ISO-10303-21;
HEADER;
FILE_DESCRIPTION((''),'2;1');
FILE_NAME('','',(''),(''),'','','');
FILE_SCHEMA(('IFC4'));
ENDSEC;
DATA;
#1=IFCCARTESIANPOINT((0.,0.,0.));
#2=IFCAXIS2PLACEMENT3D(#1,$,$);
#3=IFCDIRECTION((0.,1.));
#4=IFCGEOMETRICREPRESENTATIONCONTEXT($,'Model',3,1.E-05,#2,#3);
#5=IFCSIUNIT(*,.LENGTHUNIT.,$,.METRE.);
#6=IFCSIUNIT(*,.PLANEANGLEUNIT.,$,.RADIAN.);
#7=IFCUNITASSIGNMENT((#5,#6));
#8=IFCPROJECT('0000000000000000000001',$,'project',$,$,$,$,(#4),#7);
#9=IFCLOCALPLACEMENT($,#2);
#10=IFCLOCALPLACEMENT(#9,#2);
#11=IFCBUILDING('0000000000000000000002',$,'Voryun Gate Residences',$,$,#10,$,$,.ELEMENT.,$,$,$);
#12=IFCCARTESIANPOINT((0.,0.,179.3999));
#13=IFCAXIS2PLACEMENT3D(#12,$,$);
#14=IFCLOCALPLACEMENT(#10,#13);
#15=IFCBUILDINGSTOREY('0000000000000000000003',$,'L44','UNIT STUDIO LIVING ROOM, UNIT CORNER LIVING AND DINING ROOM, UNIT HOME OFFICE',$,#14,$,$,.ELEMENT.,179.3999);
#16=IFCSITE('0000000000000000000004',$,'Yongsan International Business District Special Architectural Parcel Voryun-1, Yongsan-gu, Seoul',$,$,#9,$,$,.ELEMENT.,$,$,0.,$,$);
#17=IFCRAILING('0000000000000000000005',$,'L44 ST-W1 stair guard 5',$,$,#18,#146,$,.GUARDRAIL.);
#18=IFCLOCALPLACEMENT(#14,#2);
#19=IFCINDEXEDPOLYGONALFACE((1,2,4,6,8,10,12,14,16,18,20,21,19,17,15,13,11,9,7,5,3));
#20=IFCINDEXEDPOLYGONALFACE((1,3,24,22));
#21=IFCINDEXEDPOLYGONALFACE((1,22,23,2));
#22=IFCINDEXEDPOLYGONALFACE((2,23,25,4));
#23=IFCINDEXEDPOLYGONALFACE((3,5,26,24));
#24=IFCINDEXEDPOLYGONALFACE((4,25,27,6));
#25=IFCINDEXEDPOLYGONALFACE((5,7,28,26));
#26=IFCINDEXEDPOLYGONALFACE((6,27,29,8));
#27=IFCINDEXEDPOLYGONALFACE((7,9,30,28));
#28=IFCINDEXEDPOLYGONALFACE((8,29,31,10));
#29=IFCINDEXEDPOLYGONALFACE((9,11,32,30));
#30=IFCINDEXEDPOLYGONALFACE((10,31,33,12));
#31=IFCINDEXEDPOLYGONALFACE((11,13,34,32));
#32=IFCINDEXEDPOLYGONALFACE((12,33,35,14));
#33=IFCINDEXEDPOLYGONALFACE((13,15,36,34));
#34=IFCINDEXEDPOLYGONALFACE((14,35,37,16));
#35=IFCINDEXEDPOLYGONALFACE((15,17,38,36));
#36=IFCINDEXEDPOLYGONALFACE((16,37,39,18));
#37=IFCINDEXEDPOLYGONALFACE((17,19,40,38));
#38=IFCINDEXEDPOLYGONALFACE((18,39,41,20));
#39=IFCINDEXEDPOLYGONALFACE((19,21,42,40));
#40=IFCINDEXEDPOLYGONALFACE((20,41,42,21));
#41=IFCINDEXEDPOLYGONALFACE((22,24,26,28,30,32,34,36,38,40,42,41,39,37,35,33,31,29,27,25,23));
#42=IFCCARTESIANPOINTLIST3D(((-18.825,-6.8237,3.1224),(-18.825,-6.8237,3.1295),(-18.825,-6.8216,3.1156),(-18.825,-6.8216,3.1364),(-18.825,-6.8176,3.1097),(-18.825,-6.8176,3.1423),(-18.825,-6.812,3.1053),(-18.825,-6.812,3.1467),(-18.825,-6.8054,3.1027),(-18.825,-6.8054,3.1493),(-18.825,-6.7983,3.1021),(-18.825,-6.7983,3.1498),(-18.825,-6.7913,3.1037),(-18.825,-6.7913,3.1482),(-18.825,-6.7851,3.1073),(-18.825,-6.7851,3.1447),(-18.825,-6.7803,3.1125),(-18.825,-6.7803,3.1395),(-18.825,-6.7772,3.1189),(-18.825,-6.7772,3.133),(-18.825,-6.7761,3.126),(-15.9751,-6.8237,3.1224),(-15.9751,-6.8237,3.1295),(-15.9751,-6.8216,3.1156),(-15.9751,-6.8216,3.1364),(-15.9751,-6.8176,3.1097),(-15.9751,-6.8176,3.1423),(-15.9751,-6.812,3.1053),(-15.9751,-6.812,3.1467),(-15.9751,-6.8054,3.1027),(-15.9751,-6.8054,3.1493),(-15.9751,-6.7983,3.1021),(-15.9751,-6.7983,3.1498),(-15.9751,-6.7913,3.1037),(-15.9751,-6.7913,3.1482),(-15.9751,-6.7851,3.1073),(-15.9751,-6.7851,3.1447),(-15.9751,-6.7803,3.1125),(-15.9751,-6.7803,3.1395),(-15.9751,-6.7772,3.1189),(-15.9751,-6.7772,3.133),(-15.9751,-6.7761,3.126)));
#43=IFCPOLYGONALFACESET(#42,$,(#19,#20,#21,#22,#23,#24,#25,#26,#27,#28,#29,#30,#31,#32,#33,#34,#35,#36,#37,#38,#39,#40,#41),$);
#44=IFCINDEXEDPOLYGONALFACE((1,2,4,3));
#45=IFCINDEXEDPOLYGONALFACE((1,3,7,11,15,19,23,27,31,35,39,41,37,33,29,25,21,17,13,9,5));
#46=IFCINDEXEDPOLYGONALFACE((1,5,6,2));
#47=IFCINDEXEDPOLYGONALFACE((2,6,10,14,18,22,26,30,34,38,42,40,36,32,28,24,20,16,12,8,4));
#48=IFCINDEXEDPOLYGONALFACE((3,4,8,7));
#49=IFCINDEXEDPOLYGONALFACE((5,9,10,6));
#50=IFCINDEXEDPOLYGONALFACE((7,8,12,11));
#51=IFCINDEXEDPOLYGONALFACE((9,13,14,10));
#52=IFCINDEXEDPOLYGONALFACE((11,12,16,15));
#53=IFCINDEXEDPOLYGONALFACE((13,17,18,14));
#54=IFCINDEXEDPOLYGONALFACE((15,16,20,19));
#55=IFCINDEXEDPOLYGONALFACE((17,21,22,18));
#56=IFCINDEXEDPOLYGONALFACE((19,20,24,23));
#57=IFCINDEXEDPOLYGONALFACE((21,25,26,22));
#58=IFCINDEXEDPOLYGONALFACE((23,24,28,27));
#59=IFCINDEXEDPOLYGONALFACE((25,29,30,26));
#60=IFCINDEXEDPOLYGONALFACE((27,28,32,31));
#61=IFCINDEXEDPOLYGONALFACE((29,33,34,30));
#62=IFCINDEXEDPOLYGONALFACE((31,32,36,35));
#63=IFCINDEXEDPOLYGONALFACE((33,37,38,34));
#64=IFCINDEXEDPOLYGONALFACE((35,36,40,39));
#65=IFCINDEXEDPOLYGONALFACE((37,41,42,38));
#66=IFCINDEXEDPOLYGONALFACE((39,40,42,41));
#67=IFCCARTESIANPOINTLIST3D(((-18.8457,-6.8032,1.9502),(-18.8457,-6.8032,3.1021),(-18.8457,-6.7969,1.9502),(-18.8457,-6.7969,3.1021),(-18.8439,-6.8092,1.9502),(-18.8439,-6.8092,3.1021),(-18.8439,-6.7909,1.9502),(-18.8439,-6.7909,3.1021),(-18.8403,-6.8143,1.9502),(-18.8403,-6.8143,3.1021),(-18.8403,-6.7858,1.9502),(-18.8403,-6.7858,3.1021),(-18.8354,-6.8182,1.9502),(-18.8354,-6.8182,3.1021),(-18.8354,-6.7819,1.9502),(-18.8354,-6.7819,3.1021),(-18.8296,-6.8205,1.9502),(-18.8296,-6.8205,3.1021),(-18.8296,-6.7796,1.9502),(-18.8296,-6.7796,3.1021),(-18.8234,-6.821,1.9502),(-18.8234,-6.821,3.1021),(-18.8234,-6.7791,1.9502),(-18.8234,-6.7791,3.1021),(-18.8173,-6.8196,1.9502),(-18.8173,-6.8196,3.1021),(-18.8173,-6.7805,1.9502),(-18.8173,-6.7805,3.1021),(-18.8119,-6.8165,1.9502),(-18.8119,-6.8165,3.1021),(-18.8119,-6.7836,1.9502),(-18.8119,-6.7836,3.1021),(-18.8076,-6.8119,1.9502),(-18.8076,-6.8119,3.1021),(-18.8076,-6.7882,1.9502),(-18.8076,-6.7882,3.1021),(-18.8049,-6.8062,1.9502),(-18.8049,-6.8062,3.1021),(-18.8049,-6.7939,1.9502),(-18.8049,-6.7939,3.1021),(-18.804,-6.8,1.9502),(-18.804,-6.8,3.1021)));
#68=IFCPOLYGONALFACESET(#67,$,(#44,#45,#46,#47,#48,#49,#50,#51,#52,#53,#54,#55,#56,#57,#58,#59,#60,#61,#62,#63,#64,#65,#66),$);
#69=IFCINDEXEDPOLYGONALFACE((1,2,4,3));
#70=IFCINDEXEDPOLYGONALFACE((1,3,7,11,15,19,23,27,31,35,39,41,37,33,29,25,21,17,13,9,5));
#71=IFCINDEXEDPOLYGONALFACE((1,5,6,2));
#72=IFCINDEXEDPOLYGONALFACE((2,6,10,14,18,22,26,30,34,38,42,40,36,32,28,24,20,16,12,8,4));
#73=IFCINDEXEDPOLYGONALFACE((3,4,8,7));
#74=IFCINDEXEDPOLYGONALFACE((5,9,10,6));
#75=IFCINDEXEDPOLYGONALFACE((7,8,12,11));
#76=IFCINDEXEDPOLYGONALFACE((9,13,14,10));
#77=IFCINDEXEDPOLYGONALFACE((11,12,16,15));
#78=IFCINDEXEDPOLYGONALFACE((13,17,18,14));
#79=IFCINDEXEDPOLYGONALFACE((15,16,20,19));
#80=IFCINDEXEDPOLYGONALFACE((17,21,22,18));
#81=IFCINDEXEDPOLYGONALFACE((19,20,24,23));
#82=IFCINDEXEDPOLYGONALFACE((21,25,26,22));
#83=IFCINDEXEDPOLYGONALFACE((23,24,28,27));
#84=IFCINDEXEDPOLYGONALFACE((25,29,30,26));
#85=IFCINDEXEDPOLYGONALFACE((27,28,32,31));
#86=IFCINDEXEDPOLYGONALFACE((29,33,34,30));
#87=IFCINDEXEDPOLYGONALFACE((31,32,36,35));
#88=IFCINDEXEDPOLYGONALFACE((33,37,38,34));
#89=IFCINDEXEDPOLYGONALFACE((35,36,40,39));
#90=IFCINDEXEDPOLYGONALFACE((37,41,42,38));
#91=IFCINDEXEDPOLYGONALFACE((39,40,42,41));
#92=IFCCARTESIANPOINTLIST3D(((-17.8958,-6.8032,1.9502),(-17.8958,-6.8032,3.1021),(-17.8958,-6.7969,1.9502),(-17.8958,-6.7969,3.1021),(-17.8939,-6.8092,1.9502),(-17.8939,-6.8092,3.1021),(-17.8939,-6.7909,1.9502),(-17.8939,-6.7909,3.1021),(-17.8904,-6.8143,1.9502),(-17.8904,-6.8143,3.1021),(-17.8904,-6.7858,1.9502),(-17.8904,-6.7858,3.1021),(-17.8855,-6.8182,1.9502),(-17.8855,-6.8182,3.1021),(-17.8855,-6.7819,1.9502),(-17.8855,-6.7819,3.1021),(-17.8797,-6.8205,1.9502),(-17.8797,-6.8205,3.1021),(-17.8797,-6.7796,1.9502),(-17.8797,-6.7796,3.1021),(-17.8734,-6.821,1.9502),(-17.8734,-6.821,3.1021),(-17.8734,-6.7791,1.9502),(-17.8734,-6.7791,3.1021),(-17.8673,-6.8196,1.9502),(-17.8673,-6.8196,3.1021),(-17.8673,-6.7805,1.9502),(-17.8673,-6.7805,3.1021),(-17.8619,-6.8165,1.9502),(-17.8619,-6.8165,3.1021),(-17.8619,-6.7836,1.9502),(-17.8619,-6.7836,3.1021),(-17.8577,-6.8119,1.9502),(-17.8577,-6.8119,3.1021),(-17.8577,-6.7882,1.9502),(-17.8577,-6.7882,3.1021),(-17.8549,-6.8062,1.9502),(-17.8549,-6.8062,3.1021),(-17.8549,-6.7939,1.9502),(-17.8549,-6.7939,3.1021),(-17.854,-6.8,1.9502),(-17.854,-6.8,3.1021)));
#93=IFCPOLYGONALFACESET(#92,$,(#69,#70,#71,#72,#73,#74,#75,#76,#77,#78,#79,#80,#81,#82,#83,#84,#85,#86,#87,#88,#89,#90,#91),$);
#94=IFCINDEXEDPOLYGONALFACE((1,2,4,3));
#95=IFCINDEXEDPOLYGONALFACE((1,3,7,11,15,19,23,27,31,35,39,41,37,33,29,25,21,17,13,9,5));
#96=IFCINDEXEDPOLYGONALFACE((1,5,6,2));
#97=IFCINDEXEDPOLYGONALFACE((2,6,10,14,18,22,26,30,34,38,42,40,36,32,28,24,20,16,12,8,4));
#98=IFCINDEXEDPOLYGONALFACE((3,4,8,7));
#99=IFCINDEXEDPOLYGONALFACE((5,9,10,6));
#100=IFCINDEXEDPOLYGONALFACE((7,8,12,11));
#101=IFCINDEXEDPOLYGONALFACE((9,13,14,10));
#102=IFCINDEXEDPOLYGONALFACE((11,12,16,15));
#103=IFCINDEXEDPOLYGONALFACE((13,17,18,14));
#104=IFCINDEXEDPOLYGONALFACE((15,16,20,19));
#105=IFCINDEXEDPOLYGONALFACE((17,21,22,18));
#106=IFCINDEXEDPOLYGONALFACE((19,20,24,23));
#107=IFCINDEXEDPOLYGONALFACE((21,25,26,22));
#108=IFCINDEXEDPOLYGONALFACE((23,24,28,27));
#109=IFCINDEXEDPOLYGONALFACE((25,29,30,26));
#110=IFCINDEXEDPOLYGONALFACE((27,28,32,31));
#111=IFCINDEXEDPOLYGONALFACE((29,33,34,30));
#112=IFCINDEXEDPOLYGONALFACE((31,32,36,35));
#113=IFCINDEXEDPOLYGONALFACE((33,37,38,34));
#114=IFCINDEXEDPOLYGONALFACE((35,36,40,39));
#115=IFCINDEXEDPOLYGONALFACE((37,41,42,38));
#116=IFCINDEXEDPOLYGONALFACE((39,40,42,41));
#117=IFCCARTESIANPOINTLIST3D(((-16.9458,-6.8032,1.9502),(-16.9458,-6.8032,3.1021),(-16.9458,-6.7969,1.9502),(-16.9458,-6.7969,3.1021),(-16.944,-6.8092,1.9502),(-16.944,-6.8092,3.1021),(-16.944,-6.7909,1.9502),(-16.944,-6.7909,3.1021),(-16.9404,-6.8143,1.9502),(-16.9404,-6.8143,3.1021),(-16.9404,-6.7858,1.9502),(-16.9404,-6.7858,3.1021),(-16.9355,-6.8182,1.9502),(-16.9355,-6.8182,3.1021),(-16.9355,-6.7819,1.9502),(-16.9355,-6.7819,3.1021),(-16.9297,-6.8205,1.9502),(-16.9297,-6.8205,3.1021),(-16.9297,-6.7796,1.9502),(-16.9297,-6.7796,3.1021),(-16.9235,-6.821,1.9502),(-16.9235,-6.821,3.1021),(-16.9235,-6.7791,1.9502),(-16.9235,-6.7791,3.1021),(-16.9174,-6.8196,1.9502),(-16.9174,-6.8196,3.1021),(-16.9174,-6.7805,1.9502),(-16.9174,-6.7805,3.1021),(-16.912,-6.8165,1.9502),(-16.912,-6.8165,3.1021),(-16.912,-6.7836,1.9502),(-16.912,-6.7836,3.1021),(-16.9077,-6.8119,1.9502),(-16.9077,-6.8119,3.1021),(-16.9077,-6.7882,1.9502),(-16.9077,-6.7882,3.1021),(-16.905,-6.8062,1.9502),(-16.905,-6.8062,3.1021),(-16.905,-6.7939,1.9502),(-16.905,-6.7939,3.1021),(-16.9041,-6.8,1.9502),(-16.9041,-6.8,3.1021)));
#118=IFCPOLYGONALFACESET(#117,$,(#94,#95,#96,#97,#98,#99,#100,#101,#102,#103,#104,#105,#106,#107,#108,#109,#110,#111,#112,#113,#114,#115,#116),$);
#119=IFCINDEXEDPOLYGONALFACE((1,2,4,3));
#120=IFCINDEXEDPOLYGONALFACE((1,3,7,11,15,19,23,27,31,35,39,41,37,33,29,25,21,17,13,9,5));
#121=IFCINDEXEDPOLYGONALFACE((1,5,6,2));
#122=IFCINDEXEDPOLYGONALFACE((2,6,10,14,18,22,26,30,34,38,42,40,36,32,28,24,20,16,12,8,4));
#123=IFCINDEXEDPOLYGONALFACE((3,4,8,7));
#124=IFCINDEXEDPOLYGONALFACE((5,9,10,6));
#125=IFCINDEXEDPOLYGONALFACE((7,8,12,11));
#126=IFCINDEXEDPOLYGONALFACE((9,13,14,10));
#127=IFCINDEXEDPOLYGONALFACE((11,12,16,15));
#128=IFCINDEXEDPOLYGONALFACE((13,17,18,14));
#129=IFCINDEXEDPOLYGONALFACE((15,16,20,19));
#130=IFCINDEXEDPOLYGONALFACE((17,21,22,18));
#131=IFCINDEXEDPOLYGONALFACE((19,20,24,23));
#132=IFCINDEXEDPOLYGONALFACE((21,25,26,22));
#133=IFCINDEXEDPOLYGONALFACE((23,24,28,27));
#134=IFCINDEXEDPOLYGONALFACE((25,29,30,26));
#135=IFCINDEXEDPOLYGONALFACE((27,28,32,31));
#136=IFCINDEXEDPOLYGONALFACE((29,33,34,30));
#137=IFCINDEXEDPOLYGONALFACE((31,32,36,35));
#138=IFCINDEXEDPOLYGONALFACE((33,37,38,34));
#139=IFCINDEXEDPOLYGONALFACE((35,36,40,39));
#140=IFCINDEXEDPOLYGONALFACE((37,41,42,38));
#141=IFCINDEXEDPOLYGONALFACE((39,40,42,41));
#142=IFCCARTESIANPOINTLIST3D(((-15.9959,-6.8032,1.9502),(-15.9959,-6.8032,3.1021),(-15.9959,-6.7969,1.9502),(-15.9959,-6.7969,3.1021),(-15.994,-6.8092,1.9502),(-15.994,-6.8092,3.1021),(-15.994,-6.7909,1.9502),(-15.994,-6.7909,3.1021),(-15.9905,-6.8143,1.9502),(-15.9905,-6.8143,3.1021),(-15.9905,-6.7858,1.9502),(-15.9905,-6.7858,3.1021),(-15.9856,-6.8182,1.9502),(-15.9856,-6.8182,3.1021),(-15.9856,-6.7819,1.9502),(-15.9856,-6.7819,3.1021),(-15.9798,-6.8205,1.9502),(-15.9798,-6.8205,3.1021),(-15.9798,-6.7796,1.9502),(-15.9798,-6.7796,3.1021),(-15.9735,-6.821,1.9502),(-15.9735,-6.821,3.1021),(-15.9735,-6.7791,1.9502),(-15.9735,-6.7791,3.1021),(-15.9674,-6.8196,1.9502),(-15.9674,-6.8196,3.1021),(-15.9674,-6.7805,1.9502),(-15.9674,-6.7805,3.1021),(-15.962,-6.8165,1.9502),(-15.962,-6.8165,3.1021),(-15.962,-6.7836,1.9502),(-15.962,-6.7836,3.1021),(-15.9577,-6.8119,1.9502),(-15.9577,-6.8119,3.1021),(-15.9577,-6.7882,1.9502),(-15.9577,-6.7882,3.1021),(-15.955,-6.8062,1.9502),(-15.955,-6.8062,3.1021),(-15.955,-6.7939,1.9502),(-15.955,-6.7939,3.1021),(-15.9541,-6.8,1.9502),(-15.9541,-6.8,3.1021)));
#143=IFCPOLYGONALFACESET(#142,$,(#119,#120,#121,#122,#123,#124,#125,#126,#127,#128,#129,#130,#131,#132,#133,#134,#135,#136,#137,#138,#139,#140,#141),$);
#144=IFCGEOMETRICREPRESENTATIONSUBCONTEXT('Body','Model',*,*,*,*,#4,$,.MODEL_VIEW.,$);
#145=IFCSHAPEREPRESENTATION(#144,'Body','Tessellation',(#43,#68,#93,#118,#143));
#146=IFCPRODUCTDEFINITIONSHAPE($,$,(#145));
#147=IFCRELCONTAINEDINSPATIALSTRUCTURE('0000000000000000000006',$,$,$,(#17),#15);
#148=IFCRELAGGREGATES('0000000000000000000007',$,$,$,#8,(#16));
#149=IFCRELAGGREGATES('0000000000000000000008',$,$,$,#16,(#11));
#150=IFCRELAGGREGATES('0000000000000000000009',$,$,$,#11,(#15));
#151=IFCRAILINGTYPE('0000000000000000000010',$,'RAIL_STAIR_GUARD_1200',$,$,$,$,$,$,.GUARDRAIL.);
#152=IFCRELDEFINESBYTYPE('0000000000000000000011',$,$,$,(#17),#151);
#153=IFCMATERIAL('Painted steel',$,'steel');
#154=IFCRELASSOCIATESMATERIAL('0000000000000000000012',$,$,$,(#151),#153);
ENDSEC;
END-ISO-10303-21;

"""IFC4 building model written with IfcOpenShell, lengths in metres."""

from ifc_helpers import new_model, si_unit, direction, frame, origin, origin_2d, place, context, subcontext, project, spatial, circle, extrude, material, type_object, element, save


model = new_model("IFC4")

# Units and contexts
model_context = context("Model", 3, precision=1e-05, world=origin(), true_north=direction((0.0, 1.0)))
body_context = subcontext(model_context, "Body", "Model", "MODEL_VIEW")
ifc_project = project(units=[si_unit("LENGTHUNIT", "METRE"), si_unit("PLANEANGLEUNIT", "RADIAN")], contexts=[model_context])

# Site, building, storey
site_placement = place(None, origin())
site = spatial("IfcSite", under=ifc_project, at=site_placement, Name="Yongsan International Business District Special Architectural Parcel Voryun-1, Yongsan-gu, Seoul", CompositionType="ELEMENT", RefElevation=0.0)
building_placement = place(site_placement, origin())
building = spatial("IfcBuilding", under=site, at=building_placement, Name="Voryun Gate Residences", CompositionType="ELEMENT")
storey_placement = place(building_placement, frame((0.0, 0.0, 179.3999)))
storey = spatial("IfcBuildingStorey", under=building, at=storey_placement, Name="L44", Description="UNIT STUDIO LIVING ROOM, UNIT CORNER LIVING AND DINING ROOM, UNIT HOME OFFICE", CompositionType="ELEMENT", Elevation=179.3999)

# Railing
ifc_material_1 = material(Name="Painted steel", Category="steel")
railing_type_1 = type_object("IfcRailingType", Name="RAIL_STAIR_GUARD_1200", PredefinedType="GUARDRAIL", material=ifc_material_1)
railing_1_placement = place(storey_placement, frame((-18.825, -6.8, 1.9502)))
element("IfcRailing", 1, at=railing_1_placement, inside=storey, type_object=railing_type_1, Name="L44 ST-W1 stair guard 5", PredefinedType="GUARDRAIL", context=body_context, shape_type="SweptSolid", body=[
    extrude(circle(Radius=0.0239, at=origin_2d()), frame((0.0, 0.0, 1.1758), z_axis=(1.0, 0.0, 0.0), x_axis=(0.0, 1.0, 0.0)), (0.0, 0.0, 1.0), 2.8499),
    extrude(circle(Radius=0.021, at=origin_2d()), origin(), (0.0, 0.0, 1.0), 1.1519),
    extrude(circle(Radius=0.021, at=origin_2d()), frame((0.95, 0.0, 0.0)), (0.0, 0.0, 1.0), 1.1519),
    extrude(circle(Radius=0.021, at=origin_2d()), frame((1.8999, 0.0, 0.0)), (0.0, 0.0, 1.0), 1.1519),
    extrude(circle(Radius=0.021, at=origin_2d()), frame((2.8499, 0.0, 0.0)), (0.0, 0.0, 1.0), 1.1519),
])

save(model, "model.ifc")
